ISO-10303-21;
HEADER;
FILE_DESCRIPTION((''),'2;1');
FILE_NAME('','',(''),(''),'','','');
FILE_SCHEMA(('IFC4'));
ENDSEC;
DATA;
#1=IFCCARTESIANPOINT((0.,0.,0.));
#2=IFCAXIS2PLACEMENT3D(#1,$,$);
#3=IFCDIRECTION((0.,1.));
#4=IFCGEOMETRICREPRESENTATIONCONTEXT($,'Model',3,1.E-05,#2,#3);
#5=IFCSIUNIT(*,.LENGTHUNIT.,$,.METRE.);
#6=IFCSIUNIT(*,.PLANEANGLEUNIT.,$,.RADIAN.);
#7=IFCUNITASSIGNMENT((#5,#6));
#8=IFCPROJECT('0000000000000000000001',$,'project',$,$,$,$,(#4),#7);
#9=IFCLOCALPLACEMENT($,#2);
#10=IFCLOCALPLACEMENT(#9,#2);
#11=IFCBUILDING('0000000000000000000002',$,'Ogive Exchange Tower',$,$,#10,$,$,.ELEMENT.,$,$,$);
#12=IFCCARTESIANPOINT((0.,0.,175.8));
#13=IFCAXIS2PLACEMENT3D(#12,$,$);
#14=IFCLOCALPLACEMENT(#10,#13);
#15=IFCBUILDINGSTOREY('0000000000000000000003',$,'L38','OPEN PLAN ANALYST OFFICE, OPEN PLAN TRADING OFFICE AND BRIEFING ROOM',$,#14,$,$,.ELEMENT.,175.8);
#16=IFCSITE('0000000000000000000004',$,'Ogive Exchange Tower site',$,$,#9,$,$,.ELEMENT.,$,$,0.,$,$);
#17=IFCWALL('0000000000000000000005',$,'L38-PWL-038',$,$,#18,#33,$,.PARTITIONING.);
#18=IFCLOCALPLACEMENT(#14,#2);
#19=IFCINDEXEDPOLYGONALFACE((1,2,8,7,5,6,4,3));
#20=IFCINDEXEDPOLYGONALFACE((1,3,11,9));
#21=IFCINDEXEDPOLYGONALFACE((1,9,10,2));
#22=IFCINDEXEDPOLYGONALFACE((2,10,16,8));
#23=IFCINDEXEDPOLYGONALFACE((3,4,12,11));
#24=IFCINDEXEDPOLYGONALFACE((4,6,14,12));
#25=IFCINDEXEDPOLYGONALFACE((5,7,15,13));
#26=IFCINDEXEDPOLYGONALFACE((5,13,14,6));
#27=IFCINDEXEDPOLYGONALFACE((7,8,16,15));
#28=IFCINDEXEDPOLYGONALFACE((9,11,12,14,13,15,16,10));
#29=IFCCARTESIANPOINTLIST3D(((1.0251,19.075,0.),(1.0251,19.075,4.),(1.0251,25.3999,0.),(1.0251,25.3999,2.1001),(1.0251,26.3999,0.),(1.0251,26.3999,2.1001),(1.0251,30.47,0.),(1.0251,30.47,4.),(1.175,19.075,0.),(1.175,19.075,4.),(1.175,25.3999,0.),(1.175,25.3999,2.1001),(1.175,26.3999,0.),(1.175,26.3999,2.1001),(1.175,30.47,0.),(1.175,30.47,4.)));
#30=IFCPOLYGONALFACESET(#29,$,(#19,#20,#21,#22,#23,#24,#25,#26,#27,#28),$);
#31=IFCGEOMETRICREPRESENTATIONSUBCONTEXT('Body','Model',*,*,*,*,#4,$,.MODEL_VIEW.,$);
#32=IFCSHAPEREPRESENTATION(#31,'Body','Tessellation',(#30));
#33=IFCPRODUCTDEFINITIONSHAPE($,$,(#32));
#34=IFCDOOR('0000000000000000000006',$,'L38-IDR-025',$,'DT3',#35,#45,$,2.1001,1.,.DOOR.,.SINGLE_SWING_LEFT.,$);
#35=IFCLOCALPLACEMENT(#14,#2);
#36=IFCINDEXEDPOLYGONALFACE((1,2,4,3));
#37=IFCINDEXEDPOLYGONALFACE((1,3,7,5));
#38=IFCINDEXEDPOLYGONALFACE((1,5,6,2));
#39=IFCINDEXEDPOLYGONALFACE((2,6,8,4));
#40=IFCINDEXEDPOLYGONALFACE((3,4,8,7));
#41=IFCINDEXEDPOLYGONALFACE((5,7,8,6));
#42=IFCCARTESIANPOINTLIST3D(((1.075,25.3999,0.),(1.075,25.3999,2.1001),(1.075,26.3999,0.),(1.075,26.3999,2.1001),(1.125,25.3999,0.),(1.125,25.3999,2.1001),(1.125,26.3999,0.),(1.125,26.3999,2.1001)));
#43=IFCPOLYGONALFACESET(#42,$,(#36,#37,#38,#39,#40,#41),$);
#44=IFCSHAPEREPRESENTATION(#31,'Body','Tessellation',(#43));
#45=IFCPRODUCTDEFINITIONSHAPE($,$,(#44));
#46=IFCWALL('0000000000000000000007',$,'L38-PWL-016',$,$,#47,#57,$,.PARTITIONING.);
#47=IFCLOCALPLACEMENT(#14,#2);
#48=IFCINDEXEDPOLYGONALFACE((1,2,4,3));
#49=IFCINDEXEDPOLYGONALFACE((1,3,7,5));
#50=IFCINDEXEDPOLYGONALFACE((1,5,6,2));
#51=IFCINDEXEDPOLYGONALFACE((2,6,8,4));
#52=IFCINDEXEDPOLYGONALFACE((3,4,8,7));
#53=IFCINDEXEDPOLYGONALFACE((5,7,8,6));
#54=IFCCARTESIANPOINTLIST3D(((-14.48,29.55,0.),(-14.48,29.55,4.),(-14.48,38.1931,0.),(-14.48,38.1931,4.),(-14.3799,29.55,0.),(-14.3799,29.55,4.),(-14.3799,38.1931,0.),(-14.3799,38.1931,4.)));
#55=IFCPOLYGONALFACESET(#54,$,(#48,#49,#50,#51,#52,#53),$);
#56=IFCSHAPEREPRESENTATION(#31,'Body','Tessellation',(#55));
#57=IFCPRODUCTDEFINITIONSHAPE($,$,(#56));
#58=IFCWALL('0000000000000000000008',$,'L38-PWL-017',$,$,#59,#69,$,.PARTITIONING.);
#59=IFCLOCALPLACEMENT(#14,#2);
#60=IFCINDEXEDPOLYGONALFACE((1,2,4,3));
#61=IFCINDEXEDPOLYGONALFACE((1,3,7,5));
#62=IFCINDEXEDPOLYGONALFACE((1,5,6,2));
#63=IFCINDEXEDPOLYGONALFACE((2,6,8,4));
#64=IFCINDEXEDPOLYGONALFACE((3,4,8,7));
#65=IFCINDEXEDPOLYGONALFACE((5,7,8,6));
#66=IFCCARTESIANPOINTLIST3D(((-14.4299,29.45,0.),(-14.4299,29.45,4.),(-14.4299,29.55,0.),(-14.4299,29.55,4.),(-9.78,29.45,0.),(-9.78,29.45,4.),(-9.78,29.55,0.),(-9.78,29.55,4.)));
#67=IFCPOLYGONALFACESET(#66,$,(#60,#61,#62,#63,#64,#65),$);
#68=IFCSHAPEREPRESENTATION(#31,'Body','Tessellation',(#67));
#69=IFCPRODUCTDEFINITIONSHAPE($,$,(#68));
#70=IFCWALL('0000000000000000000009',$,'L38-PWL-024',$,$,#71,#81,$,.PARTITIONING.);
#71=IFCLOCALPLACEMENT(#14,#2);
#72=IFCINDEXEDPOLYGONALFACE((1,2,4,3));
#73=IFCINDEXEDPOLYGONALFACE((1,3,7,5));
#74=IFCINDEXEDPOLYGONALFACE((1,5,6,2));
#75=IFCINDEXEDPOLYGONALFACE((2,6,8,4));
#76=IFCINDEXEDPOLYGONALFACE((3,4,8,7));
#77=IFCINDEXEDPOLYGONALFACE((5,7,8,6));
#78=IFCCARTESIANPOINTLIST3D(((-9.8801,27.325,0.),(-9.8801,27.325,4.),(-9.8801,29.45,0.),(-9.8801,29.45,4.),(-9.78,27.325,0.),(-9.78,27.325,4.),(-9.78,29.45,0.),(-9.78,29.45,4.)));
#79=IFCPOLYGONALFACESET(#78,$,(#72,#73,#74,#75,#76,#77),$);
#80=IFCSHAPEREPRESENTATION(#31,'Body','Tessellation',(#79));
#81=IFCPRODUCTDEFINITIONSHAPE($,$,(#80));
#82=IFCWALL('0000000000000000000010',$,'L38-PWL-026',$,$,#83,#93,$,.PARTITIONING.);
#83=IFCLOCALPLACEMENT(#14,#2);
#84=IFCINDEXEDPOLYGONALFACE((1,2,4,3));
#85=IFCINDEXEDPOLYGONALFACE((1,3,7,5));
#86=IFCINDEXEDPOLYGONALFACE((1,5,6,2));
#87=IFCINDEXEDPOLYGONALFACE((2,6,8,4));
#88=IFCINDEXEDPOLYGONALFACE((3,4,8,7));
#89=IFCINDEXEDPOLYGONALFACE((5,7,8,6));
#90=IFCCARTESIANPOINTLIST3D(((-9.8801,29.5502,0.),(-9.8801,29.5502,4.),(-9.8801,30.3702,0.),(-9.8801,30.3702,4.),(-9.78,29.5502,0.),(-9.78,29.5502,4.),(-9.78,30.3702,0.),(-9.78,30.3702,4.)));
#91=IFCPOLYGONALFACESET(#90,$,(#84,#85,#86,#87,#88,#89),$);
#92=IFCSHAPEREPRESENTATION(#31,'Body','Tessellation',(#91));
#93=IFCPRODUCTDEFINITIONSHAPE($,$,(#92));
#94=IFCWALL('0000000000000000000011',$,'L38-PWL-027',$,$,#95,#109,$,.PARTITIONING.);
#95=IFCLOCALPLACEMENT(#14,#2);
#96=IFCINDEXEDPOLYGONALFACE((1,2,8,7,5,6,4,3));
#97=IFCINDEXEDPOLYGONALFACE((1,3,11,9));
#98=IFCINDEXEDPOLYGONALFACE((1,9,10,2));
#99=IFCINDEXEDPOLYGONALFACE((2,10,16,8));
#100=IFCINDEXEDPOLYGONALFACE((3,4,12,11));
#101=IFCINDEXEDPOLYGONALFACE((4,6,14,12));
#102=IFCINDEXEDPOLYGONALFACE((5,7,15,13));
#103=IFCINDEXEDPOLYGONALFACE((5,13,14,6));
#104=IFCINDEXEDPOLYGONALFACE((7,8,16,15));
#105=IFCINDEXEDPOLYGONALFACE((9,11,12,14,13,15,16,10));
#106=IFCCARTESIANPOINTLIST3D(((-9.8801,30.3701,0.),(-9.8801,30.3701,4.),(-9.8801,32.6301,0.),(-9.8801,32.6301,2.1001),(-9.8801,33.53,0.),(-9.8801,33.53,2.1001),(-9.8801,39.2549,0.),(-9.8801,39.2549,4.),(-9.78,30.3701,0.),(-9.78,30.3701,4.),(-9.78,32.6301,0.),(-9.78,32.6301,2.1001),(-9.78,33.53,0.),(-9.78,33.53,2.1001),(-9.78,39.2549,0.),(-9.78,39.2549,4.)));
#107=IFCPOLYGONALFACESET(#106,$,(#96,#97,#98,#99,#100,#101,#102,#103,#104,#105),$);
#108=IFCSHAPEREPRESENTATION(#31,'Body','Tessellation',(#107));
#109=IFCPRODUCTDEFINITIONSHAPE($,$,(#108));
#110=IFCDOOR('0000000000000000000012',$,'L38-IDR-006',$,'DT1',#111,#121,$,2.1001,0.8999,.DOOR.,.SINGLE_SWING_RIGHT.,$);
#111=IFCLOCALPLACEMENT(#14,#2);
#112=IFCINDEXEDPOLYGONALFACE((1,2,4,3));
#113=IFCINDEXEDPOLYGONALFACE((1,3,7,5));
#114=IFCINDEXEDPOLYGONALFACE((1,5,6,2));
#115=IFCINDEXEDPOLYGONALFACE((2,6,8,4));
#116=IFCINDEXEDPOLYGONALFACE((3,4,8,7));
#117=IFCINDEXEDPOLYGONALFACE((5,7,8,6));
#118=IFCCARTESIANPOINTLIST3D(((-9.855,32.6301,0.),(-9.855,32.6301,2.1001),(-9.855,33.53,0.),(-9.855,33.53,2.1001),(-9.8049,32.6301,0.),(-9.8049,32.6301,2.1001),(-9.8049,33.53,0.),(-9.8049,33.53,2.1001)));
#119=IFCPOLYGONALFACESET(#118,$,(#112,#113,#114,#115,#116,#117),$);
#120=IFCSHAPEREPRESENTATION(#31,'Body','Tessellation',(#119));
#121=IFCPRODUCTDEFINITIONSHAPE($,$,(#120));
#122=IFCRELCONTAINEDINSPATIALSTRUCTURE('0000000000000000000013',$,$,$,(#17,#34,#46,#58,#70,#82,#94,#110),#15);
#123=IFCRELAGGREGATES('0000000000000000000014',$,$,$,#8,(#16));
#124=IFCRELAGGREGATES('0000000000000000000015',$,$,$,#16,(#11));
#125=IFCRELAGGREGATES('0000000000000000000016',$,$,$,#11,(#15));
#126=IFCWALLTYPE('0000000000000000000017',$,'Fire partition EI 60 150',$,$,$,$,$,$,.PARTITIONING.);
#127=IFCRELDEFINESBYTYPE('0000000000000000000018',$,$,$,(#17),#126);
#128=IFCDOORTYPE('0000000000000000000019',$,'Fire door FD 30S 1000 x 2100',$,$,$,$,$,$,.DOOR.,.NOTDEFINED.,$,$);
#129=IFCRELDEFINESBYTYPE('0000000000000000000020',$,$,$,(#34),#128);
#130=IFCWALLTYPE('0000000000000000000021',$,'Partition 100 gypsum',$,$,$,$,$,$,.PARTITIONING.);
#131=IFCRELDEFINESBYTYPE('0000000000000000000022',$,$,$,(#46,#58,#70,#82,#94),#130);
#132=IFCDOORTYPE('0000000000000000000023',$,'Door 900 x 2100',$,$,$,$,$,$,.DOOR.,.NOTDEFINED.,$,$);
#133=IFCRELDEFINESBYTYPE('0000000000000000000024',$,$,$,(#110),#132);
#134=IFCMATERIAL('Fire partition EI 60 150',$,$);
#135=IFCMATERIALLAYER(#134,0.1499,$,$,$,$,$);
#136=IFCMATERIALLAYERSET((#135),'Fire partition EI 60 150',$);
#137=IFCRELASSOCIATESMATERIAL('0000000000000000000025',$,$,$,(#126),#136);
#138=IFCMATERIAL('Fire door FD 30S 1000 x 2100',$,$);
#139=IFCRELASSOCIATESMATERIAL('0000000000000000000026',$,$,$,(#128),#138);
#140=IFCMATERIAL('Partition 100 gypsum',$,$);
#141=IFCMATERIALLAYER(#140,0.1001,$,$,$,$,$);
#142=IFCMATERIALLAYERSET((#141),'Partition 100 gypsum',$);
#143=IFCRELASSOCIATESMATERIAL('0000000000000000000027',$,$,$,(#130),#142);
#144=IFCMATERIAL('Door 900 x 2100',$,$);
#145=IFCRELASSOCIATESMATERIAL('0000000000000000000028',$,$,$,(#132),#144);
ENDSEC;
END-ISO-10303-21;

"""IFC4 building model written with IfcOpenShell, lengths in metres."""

from ifc_helpers import new_model, si_unit, direction, frame, frame_2d, origin, place, context, subcontext, project, spatial, rectangle, extrude, material, layer, layer_set, type_object, element, fill, save


model = new_model("IFC4")

# Units and contexts
model_context = context("Model", 3, precision=1e-05, world=origin(), true_north=direction((0.0, 1.0)))
body_context = subcontext(model_context, "Body", "Model", "MODEL_VIEW")
ifc_project = project(units=[si_unit("LENGTHUNIT", "METRE"), si_unit("PLANEANGLEUNIT", "RADIAN")], contexts=[model_context])

# Site, building, storey
site_placement = place(None, origin())
site = spatial("IfcSite", under=ifc_project, at=site_placement, Name="Ogive Exchange Tower site", CompositionType="ELEMENT", RefElevation=0.0)
building_placement = place(site_placement, origin())
building = spatial("IfcBuilding", under=site, at=building_placement, Name="Ogive Exchange Tower", CompositionType="ELEMENT")
storey_placement = place(building_placement, frame((0.0, 0.0, 175.8)))
storey = spatial("IfcBuildingStorey", under=building, at=storey_placement, Name="L38", Description="OPEN PLAN ANALYST OFFICE, OPEN PLAN TRADING OFFICE AND BRIEFING ROOM", CompositionType="ELEMENT", Elevation=175.8)

# Shared definitions
ifc_material_1 = material(Name="Fire partition EI 60 150")
ifc_layer_1 = layer(ifc_material_1, 0.1499)
ifc_layer_set_1 = layer_set([ifc_layer_1], Name="Fire partition EI 60 150")
wall_type_1 = type_object("IfcWallType", Name="Fire partition EI 60 150", PredefinedType="PARTITIONING", material=ifc_layer_set_1)

# Wall, opening, door
ifc_material_2 = material(Name="Fire door FD 30S 1000 x 2100")
door_type_1 = type_object("IfcDoorType", Name="Fire door FD 30S 1000 x 2100", OperationType="NOTDEFINED", PredefinedType="DOOR", material=ifc_material_2)
wall_1_placement = place(storey_placement, frame((1.1001, 30.47, 0.0), z_axis=(0.0, 0.0, 1.0), x_axis=(0.0, -1.0, 0.0)))
wall_1 = element("IfcWall", 1, at=wall_1_placement, inside=storey, type_object=wall_type_1, Name="L38-PWL-038", PredefinedType="PARTITIONING", context=body_context, shape_type="SweptSolid", body=[
    extrude(rectangle(XDim=11.395, YDim=0.1499, at=frame_2d((5.6975, 0.0))), origin(), (0.0, 0.0, 1.0), 4.0),
])
opening_1_placement = place(wall_1_placement, frame((4.0701, 0.0, 0.0)))
opening_1 = element("IfcOpeningElement", 2, at=opening_1_placement, cuts=wall_1, PredefinedType="OPENING", context=body_context, shape_type="SweptSolid", body=[
    extrude(rectangle(XDim=1.0, YDim=2.1001, at=frame_2d((0.5, 1.05))), frame((0.0, 0.085, 0.0), z_axis=(0.0, -1.0, 0.0), x_axis=(1.0, 0.0, 0.0)), (0.0, 0.0, 1.0), 0.1699),
])
door_1_placement = place(opening_1_placement, origin())
door_1 = element("IfcDoor", 3, at=door_1_placement, inside=storey, type_object=door_type_1, Name="L38-IDR-025", ObjectType="DT3", OperationType="SINGLE_SWING_LEFT", OverallHeight=2.1001, OverallWidth=1.0, PredefinedType="DOOR", context=body_context, shape_type="SweptSolid", body=[
    extrude(rectangle(XDim=1.0, YDim=2.1001, at=frame_2d((0.5, 1.05))), frame((0.0, 0.0249, 0.0), z_axis=(0.0, -1.0, 0.0), x_axis=(1.0, 0.0, 0.0)), (0.0, 0.0, 1.0), 0.05),
])
fill(opening_1, door_1)

# Walls
ifc_material_3 = material(Name="Partition 100 gypsum")
ifc_layer_2 = layer(ifc_material_3, 0.1001)
ifc_layer_set_2 = layer_set([ifc_layer_2], Name="Partition 100 gypsum")
wall_type_2 = type_object("IfcWallType", Name="Partition 100 gypsum", PredefinedType="PARTITIONING", material=ifc_layer_set_2)
wall_2_placement = place(storey_placement, frame((-14.4299, 29.55, 0.0), z_axis=(0.0, 0.0, 1.0), x_axis=(0.0, 1.0, 0.0)))
element("IfcWall", 4, at=wall_2_placement, inside=storey, type_object=wall_type_2, Name="L38-PWL-016", PredefinedType="PARTITIONING", context=body_context, shape_type="SweptSolid", body=[
    extrude(rectangle(XDim=8.6431, YDim=0.1001, at=frame_2d((4.3215, 0.0))), origin(), (0.0, 0.0, 1.0), 4.0),
])
wall_3_placement = place(storey_placement, frame((-14.4299, 29.5, 0.0), z_axis=(0.0, 0.0, 1.0), x_axis=(1.0, 0.0, 0.0)))
element("IfcWall", 5, at=wall_3_placement, inside=storey, type_object=wall_type_2, Name="L38-PWL-017", PredefinedType="PARTITIONING", context=body_context, shape_type="SweptSolid", body=[
    extrude(rectangle(XDim=4.6499, YDim=0.1001, at=frame_2d((2.325, 0.0))), origin(), (0.0, 0.0, 1.0), 4.0),
])
wall_4_placement = place(storey_placement, frame((-9.8301, 27.325, 0.0), z_axis=(0.0, 0.0, 1.0), x_axis=(0.0, 1.0, 0.0)))
element("IfcWall", 6, at=wall_4_placement, inside=storey, type_object=wall_type_2, Name="L38-PWL-024", PredefinedType="PARTITIONING", context=body_context, shape_type="SweptSolid", body=[
    extrude(rectangle(XDim=2.125, YDim=0.1001, at=frame_2d((1.0625, 0.0))), origin(), (0.0, 0.0, 1.0), 4.0),
])
wall_5_placement = place(storey_placement, frame((-9.8301, 29.55, 0.0), z_axis=(0.0, 0.0, 1.0), x_axis=(0.0, 1.0, 0.0)))
element("IfcWall", 7, at=wall_5_placement, inside=storey, type_object=wall_type_2, Name="L38-PWL-026", PredefinedType="PARTITIONING", context=body_context, shape_type="SweptSolid", body=[
    extrude(rectangle(XDim=0.8201, YDim=0.1001, at=frame_2d((0.4102, 0.0))), origin(), (0.0, 0.0, 1.0), 4.0),
])

# Wall, opening, door
wall_6_placement = place(storey_placement, frame((-9.8301, 30.3701, 0.0), z_axis=(0.0, 0.0, 1.0), x_axis=(0.0, 1.0, 0.0)))
wall_6 = element("IfcWall", 8, at=wall_6_placement, inside=storey, type_object=wall_type_2, Name="L38-PWL-027", PredefinedType="PARTITIONING", context=body_context, shape_type="SweptSolid", body=[
    extrude(rectangle(XDim=8.8848, YDim=0.1001, at=frame_2d((4.4424, 0.0))), origin(), (0.0, 0.0, 1.0), 4.0),
])
opening_2_placement = place(wall_6_placement, frame((2.26, 0.0, 0.0)))
opening_2 = element("IfcOpeningElement", 9, at=opening_2_placement, cuts=wall_6, PredefinedType="OPENING", context=body_context, shape_type="SweptSolid", body=[
    extrude(rectangle(XDim=0.8999, YDim=2.1001, at=frame_2d((0.45, 1.05))), frame((0.0, 0.0601, 0.0), z_axis=(0.0, -1.0, 0.0), x_axis=(1.0, 0.0, 0.0)), (0.0, 0.0, 1.0), 0.1201),
])
ifc_material_4 = material(Name="Door 900 x 2100")
door_type_2 = type_object("IfcDoorType", Name="Door 900 x 2100", OperationType="NOTDEFINED", PredefinedType="DOOR", material=ifc_material_4)
door_2_placement = place(opening_2_placement, origin())
door_2 = element("IfcDoor", 10, at=door_2_placement, inside=storey, type_object=door_type_2, Name="L38-IDR-006", ObjectType="DT1", OperationType="SINGLE_SWING_RIGHT", OverallHeight=2.1001, OverallWidth=0.8999, PredefinedType="DOOR", context=body_context, shape_type="SweptSolid", body=[
    extrude(rectangle(XDim=0.8999, YDim=2.1001, at=frame_2d((0.45, 1.05))), frame((0.0, 0.0249, 0.0), z_axis=(0.0, -1.0, 0.0), x_axis=(1.0, 0.0, 0.0)), (0.0, 0.0, 1.0), 0.05),
])
fill(opening_2, door_2)

save(model, "model.ifc")
